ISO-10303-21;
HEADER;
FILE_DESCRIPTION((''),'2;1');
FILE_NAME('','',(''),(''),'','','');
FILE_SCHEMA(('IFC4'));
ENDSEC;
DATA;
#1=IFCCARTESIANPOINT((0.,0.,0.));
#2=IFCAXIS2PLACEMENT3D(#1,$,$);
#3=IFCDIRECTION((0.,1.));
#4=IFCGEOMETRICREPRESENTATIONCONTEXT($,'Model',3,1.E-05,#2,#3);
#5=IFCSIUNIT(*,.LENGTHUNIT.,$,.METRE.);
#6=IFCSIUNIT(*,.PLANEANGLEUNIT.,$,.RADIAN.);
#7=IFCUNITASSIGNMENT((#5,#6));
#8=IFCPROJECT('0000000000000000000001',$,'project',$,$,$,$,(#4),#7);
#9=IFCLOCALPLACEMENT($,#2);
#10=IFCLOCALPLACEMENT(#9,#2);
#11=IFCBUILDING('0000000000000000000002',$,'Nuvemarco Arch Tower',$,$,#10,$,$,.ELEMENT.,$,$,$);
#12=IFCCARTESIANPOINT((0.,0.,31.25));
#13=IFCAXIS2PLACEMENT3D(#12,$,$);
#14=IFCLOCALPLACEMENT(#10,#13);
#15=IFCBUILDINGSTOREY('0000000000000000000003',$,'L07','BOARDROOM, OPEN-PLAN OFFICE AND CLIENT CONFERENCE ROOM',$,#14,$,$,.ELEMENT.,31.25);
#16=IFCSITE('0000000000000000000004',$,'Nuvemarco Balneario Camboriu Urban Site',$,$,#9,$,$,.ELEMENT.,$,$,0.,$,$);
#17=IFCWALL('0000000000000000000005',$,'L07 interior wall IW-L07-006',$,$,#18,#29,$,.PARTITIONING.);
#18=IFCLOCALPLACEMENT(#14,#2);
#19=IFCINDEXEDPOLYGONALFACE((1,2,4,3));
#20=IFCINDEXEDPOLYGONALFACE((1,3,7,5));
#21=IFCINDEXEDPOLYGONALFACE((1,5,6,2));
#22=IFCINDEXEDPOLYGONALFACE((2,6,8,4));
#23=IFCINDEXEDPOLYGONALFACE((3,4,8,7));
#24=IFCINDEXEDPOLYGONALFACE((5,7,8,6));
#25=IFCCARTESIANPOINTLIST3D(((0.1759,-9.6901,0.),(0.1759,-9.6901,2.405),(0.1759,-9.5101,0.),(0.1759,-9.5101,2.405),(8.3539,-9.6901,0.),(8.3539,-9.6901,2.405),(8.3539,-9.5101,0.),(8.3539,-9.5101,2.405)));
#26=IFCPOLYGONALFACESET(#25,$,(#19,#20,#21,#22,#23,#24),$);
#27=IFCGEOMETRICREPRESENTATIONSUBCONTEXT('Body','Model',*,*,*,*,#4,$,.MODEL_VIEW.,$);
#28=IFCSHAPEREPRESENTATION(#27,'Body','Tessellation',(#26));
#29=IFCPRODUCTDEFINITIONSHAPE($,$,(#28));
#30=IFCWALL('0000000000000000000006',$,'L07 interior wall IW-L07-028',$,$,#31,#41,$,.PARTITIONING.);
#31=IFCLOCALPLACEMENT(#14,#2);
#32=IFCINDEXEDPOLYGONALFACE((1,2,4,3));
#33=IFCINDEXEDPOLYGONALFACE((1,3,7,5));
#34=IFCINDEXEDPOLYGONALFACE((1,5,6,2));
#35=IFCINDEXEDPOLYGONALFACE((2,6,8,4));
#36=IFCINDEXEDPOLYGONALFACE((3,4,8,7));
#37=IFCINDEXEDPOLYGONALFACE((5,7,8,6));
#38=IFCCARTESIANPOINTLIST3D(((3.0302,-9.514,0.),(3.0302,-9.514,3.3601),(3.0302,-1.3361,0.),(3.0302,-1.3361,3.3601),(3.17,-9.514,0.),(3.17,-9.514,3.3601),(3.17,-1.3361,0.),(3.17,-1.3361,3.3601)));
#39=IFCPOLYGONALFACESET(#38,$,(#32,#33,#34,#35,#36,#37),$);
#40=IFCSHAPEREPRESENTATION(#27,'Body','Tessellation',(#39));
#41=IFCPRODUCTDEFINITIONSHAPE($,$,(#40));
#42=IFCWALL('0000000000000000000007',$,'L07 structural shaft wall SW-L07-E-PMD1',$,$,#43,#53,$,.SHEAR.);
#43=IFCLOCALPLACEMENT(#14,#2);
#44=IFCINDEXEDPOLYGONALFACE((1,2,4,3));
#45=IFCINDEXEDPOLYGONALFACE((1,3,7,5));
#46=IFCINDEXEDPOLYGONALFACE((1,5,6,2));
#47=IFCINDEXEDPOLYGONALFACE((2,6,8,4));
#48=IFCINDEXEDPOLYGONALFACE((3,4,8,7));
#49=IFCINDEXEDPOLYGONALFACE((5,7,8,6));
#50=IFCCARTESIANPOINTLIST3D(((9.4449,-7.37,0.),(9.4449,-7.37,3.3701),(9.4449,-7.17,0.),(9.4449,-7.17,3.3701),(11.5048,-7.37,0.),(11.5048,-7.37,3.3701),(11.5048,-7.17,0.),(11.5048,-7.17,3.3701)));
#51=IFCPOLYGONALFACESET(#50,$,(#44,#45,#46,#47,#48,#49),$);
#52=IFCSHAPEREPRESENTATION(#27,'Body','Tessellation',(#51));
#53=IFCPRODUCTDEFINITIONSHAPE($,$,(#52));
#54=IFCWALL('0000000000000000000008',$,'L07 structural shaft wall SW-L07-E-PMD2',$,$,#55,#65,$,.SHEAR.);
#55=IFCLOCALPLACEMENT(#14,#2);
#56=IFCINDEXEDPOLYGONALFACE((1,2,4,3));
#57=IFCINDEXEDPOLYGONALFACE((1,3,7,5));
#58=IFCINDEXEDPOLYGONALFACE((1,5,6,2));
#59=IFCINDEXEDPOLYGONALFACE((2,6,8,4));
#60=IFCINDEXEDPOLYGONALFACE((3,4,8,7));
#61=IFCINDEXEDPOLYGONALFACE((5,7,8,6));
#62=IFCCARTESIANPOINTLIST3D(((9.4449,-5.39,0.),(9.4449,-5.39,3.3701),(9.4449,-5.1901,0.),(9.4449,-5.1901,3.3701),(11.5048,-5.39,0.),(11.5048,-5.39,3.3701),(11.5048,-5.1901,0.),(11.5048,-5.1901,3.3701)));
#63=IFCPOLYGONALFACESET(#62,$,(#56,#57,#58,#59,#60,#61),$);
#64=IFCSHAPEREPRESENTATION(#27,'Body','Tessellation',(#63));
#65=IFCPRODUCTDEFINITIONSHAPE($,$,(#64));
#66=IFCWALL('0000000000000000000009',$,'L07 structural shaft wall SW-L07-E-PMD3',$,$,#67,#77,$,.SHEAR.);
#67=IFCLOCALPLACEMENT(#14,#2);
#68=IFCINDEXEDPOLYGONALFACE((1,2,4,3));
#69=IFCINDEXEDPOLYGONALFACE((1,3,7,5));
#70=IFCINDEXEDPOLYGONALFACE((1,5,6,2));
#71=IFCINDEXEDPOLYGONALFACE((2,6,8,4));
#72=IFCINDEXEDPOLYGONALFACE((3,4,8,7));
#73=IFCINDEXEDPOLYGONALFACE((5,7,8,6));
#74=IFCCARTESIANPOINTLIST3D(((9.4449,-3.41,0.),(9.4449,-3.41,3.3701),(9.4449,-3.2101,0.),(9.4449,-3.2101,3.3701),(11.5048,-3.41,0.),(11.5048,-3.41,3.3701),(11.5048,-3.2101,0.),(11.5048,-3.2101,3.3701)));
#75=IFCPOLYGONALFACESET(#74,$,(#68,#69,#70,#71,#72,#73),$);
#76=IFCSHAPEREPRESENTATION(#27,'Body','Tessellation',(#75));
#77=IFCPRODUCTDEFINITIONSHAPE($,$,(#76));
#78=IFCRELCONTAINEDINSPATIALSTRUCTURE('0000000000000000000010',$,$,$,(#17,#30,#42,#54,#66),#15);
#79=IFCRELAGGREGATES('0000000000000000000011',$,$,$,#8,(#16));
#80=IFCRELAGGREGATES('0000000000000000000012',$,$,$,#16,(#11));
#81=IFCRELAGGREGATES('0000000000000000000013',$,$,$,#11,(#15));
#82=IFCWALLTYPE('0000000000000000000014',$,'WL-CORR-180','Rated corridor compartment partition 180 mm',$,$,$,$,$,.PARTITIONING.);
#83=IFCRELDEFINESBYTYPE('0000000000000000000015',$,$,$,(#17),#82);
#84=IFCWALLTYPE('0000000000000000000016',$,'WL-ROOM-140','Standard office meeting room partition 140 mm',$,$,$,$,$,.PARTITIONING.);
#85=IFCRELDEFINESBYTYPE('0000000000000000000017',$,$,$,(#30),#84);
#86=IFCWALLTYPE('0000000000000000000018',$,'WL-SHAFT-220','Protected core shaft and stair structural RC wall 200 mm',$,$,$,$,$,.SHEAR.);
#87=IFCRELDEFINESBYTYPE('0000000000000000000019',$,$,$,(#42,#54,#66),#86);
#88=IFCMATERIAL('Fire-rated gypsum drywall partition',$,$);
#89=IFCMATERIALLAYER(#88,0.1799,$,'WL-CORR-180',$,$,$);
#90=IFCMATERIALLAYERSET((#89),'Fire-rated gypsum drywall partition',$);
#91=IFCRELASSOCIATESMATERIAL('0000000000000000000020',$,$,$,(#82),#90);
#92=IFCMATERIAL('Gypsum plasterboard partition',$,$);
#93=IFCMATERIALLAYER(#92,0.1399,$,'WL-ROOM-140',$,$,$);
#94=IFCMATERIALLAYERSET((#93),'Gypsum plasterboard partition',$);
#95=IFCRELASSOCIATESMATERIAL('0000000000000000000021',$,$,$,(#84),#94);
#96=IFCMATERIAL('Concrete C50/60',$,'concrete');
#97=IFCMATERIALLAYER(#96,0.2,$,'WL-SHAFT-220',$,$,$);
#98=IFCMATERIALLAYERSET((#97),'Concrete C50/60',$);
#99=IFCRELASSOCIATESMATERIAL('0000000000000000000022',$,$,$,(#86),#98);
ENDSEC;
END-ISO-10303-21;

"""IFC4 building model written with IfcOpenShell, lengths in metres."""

from ifc_helpers import new_model, si_unit, direction, frame, frame_2d, origin, place, context, subcontext, project, spatial, rectangle, extrude, material, layer, layer_set, type_object, element, save


model = new_model("IFC4")

# Units and contexts
model_context = context("Model", 3, precision=1e-05, world=origin(), true_north=direction((0.0, 1.0)))
body_context = subcontext(model_context, "Body", "Model", "MODEL_VIEW")
ifc_project = project(units=[si_unit("LENGTHUNIT", "METRE"), si_unit("PLANEANGLEUNIT", "RADIAN")], contexts=[model_context])

# Site, building, storey
site_placement = place(None, origin())
site = spatial("IfcSite", under=ifc_project, at=site_placement, Name="Nuvemarco Balneario Camboriu Urban Site", CompositionType="ELEMENT", RefElevation=0.0)
building_placement = place(site_placement, origin())
building = spatial("IfcBuilding", under=site, at=building_placement, Name="Nuvemarco Arch Tower", CompositionType="ELEMENT")
storey_placement = place(building_placement, frame((0.0, 0.0, 31.25)))
storey = spatial("IfcBuildingStorey", under=building, at=storey_placement, Name="L07", Description="BOARDROOM, OPEN-PLAN OFFICE AND CLIENT CONFERENCE ROOM", CompositionType="ELEMENT", Elevation=31.25)

# Shared definitions
ifc_material_1 = material(Name="Concrete C50/60", Category="concrete")

# Walls
ifc_material_2 = material(Name="Fire-rated gypsum drywall partition")
ifc_layer_1 = layer(ifc_material_2, 0.1799, Name="WL-CORR-180")
ifc_layer_set_1 = layer_set([ifc_layer_1], Name="Fire-rated gypsum drywall partition")
wall_type_1 = type_object("IfcWallType", Name="WL-CORR-180", Description="Rated corridor compartment partition 180 mm", PredefinedType="PARTITIONING", material=ifc_layer_set_1)
wall_1_placement = place(storey_placement, frame((0.176, -9.6001, 0.0), z_axis=(0.0, 0.0, 1.0), x_axis=(1.0, 0.0, 0.0)))
element("IfcWall", 1, at=wall_1_placement, inside=storey, type_object=wall_type_1, Name="L07 interior wall IW-L07-006", PredefinedType="PARTITIONING", context=body_context, shape_type="SweptSolid", body=[
    extrude(rectangle(XDim=8.178, YDim=0.1799, at=frame_2d((4.0889, 0.0))), origin(), (0.0, 0.0, 1.0), 2.405),
])
ifc_material_3 = material(Name="Gypsum plasterboard partition")
ifc_layer_2 = layer(ifc_material_3, 0.1399, Name="WL-ROOM-140")
ifc_layer_set_2 = layer_set([ifc_layer_2], Name="Gypsum plasterboard partition")
wall_type_2 = type_object("IfcWallType", Name="WL-ROOM-140", Description="Standard office meeting room partition 140 mm", PredefinedType="PARTITIONING", material=ifc_layer_set_2)
wall_2_placement = place(storey_placement, frame((3.1001, -9.5139, 0.0), z_axis=(0.0, 0.0, 1.0), x_axis=(0.0, 1.0, 0.0)))
element("IfcWall", 2, at=wall_2_placement, inside=storey, type_object=wall_type_2, Name="L07 interior wall IW-L07-028", PredefinedType="PARTITIONING", context=body_context, shape_type="SweptSolid", body=[
    extrude(rectangle(XDim=8.178, YDim=0.1399, at=frame_2d((4.0889, 0.0))), origin(), (0.0, 0.0, 1.0), 3.3601),
])
ifc_layer_3 = layer(ifc_material_1, 0.2, Name="WL-SHAFT-220")
ifc_layer_set_3 = layer_set([ifc_layer_3], Name="Concrete C50/60")
wall_type_3 = type_object("IfcWallType", Name="WL-SHAFT-220", Description="Protected core shaft and stair structural RC wall 200 mm", PredefinedType="SHEAR", material=ifc_layer_set_3)
for number, where, z_axis, x_axis, name in (
    (3, (9.4451, -7.27, 0.0), (0.0, 0.0, 1.0), (1.0, 0.0, 0.0), "L07 structural shaft wall SW-L07-E-PMD1"),
    (4, (9.4451, -5.29, 0.0), (0.0, 0.0, 1.0), (1.0, 0.0, 0.0), "L07 structural shaft wall SW-L07-E-PMD2"),
    (5, (9.4451, -3.3101, 0.0), (0.0, 0.0, 1.0), (1.0, 0.0, 0.0), "L07 structural shaft wall SW-L07-E-PMD3"),
):
    element("IfcWall", number, at=place(storey_placement, frame(where, z_axis=z_axis, x_axis=x_axis)), inside=storey, type_object=wall_type_3, Name=name, PredefinedType="SHEAR", context=body_context, shape_type="SweptSolid", body=[
        extrude(rectangle(XDim=2.0598, YDim=0.2, at=frame_2d((1.0298, 0.0))), origin(), (0.0, 0.0, 1.0), 3.3701),
    ])

save(model, "model.ifc")
